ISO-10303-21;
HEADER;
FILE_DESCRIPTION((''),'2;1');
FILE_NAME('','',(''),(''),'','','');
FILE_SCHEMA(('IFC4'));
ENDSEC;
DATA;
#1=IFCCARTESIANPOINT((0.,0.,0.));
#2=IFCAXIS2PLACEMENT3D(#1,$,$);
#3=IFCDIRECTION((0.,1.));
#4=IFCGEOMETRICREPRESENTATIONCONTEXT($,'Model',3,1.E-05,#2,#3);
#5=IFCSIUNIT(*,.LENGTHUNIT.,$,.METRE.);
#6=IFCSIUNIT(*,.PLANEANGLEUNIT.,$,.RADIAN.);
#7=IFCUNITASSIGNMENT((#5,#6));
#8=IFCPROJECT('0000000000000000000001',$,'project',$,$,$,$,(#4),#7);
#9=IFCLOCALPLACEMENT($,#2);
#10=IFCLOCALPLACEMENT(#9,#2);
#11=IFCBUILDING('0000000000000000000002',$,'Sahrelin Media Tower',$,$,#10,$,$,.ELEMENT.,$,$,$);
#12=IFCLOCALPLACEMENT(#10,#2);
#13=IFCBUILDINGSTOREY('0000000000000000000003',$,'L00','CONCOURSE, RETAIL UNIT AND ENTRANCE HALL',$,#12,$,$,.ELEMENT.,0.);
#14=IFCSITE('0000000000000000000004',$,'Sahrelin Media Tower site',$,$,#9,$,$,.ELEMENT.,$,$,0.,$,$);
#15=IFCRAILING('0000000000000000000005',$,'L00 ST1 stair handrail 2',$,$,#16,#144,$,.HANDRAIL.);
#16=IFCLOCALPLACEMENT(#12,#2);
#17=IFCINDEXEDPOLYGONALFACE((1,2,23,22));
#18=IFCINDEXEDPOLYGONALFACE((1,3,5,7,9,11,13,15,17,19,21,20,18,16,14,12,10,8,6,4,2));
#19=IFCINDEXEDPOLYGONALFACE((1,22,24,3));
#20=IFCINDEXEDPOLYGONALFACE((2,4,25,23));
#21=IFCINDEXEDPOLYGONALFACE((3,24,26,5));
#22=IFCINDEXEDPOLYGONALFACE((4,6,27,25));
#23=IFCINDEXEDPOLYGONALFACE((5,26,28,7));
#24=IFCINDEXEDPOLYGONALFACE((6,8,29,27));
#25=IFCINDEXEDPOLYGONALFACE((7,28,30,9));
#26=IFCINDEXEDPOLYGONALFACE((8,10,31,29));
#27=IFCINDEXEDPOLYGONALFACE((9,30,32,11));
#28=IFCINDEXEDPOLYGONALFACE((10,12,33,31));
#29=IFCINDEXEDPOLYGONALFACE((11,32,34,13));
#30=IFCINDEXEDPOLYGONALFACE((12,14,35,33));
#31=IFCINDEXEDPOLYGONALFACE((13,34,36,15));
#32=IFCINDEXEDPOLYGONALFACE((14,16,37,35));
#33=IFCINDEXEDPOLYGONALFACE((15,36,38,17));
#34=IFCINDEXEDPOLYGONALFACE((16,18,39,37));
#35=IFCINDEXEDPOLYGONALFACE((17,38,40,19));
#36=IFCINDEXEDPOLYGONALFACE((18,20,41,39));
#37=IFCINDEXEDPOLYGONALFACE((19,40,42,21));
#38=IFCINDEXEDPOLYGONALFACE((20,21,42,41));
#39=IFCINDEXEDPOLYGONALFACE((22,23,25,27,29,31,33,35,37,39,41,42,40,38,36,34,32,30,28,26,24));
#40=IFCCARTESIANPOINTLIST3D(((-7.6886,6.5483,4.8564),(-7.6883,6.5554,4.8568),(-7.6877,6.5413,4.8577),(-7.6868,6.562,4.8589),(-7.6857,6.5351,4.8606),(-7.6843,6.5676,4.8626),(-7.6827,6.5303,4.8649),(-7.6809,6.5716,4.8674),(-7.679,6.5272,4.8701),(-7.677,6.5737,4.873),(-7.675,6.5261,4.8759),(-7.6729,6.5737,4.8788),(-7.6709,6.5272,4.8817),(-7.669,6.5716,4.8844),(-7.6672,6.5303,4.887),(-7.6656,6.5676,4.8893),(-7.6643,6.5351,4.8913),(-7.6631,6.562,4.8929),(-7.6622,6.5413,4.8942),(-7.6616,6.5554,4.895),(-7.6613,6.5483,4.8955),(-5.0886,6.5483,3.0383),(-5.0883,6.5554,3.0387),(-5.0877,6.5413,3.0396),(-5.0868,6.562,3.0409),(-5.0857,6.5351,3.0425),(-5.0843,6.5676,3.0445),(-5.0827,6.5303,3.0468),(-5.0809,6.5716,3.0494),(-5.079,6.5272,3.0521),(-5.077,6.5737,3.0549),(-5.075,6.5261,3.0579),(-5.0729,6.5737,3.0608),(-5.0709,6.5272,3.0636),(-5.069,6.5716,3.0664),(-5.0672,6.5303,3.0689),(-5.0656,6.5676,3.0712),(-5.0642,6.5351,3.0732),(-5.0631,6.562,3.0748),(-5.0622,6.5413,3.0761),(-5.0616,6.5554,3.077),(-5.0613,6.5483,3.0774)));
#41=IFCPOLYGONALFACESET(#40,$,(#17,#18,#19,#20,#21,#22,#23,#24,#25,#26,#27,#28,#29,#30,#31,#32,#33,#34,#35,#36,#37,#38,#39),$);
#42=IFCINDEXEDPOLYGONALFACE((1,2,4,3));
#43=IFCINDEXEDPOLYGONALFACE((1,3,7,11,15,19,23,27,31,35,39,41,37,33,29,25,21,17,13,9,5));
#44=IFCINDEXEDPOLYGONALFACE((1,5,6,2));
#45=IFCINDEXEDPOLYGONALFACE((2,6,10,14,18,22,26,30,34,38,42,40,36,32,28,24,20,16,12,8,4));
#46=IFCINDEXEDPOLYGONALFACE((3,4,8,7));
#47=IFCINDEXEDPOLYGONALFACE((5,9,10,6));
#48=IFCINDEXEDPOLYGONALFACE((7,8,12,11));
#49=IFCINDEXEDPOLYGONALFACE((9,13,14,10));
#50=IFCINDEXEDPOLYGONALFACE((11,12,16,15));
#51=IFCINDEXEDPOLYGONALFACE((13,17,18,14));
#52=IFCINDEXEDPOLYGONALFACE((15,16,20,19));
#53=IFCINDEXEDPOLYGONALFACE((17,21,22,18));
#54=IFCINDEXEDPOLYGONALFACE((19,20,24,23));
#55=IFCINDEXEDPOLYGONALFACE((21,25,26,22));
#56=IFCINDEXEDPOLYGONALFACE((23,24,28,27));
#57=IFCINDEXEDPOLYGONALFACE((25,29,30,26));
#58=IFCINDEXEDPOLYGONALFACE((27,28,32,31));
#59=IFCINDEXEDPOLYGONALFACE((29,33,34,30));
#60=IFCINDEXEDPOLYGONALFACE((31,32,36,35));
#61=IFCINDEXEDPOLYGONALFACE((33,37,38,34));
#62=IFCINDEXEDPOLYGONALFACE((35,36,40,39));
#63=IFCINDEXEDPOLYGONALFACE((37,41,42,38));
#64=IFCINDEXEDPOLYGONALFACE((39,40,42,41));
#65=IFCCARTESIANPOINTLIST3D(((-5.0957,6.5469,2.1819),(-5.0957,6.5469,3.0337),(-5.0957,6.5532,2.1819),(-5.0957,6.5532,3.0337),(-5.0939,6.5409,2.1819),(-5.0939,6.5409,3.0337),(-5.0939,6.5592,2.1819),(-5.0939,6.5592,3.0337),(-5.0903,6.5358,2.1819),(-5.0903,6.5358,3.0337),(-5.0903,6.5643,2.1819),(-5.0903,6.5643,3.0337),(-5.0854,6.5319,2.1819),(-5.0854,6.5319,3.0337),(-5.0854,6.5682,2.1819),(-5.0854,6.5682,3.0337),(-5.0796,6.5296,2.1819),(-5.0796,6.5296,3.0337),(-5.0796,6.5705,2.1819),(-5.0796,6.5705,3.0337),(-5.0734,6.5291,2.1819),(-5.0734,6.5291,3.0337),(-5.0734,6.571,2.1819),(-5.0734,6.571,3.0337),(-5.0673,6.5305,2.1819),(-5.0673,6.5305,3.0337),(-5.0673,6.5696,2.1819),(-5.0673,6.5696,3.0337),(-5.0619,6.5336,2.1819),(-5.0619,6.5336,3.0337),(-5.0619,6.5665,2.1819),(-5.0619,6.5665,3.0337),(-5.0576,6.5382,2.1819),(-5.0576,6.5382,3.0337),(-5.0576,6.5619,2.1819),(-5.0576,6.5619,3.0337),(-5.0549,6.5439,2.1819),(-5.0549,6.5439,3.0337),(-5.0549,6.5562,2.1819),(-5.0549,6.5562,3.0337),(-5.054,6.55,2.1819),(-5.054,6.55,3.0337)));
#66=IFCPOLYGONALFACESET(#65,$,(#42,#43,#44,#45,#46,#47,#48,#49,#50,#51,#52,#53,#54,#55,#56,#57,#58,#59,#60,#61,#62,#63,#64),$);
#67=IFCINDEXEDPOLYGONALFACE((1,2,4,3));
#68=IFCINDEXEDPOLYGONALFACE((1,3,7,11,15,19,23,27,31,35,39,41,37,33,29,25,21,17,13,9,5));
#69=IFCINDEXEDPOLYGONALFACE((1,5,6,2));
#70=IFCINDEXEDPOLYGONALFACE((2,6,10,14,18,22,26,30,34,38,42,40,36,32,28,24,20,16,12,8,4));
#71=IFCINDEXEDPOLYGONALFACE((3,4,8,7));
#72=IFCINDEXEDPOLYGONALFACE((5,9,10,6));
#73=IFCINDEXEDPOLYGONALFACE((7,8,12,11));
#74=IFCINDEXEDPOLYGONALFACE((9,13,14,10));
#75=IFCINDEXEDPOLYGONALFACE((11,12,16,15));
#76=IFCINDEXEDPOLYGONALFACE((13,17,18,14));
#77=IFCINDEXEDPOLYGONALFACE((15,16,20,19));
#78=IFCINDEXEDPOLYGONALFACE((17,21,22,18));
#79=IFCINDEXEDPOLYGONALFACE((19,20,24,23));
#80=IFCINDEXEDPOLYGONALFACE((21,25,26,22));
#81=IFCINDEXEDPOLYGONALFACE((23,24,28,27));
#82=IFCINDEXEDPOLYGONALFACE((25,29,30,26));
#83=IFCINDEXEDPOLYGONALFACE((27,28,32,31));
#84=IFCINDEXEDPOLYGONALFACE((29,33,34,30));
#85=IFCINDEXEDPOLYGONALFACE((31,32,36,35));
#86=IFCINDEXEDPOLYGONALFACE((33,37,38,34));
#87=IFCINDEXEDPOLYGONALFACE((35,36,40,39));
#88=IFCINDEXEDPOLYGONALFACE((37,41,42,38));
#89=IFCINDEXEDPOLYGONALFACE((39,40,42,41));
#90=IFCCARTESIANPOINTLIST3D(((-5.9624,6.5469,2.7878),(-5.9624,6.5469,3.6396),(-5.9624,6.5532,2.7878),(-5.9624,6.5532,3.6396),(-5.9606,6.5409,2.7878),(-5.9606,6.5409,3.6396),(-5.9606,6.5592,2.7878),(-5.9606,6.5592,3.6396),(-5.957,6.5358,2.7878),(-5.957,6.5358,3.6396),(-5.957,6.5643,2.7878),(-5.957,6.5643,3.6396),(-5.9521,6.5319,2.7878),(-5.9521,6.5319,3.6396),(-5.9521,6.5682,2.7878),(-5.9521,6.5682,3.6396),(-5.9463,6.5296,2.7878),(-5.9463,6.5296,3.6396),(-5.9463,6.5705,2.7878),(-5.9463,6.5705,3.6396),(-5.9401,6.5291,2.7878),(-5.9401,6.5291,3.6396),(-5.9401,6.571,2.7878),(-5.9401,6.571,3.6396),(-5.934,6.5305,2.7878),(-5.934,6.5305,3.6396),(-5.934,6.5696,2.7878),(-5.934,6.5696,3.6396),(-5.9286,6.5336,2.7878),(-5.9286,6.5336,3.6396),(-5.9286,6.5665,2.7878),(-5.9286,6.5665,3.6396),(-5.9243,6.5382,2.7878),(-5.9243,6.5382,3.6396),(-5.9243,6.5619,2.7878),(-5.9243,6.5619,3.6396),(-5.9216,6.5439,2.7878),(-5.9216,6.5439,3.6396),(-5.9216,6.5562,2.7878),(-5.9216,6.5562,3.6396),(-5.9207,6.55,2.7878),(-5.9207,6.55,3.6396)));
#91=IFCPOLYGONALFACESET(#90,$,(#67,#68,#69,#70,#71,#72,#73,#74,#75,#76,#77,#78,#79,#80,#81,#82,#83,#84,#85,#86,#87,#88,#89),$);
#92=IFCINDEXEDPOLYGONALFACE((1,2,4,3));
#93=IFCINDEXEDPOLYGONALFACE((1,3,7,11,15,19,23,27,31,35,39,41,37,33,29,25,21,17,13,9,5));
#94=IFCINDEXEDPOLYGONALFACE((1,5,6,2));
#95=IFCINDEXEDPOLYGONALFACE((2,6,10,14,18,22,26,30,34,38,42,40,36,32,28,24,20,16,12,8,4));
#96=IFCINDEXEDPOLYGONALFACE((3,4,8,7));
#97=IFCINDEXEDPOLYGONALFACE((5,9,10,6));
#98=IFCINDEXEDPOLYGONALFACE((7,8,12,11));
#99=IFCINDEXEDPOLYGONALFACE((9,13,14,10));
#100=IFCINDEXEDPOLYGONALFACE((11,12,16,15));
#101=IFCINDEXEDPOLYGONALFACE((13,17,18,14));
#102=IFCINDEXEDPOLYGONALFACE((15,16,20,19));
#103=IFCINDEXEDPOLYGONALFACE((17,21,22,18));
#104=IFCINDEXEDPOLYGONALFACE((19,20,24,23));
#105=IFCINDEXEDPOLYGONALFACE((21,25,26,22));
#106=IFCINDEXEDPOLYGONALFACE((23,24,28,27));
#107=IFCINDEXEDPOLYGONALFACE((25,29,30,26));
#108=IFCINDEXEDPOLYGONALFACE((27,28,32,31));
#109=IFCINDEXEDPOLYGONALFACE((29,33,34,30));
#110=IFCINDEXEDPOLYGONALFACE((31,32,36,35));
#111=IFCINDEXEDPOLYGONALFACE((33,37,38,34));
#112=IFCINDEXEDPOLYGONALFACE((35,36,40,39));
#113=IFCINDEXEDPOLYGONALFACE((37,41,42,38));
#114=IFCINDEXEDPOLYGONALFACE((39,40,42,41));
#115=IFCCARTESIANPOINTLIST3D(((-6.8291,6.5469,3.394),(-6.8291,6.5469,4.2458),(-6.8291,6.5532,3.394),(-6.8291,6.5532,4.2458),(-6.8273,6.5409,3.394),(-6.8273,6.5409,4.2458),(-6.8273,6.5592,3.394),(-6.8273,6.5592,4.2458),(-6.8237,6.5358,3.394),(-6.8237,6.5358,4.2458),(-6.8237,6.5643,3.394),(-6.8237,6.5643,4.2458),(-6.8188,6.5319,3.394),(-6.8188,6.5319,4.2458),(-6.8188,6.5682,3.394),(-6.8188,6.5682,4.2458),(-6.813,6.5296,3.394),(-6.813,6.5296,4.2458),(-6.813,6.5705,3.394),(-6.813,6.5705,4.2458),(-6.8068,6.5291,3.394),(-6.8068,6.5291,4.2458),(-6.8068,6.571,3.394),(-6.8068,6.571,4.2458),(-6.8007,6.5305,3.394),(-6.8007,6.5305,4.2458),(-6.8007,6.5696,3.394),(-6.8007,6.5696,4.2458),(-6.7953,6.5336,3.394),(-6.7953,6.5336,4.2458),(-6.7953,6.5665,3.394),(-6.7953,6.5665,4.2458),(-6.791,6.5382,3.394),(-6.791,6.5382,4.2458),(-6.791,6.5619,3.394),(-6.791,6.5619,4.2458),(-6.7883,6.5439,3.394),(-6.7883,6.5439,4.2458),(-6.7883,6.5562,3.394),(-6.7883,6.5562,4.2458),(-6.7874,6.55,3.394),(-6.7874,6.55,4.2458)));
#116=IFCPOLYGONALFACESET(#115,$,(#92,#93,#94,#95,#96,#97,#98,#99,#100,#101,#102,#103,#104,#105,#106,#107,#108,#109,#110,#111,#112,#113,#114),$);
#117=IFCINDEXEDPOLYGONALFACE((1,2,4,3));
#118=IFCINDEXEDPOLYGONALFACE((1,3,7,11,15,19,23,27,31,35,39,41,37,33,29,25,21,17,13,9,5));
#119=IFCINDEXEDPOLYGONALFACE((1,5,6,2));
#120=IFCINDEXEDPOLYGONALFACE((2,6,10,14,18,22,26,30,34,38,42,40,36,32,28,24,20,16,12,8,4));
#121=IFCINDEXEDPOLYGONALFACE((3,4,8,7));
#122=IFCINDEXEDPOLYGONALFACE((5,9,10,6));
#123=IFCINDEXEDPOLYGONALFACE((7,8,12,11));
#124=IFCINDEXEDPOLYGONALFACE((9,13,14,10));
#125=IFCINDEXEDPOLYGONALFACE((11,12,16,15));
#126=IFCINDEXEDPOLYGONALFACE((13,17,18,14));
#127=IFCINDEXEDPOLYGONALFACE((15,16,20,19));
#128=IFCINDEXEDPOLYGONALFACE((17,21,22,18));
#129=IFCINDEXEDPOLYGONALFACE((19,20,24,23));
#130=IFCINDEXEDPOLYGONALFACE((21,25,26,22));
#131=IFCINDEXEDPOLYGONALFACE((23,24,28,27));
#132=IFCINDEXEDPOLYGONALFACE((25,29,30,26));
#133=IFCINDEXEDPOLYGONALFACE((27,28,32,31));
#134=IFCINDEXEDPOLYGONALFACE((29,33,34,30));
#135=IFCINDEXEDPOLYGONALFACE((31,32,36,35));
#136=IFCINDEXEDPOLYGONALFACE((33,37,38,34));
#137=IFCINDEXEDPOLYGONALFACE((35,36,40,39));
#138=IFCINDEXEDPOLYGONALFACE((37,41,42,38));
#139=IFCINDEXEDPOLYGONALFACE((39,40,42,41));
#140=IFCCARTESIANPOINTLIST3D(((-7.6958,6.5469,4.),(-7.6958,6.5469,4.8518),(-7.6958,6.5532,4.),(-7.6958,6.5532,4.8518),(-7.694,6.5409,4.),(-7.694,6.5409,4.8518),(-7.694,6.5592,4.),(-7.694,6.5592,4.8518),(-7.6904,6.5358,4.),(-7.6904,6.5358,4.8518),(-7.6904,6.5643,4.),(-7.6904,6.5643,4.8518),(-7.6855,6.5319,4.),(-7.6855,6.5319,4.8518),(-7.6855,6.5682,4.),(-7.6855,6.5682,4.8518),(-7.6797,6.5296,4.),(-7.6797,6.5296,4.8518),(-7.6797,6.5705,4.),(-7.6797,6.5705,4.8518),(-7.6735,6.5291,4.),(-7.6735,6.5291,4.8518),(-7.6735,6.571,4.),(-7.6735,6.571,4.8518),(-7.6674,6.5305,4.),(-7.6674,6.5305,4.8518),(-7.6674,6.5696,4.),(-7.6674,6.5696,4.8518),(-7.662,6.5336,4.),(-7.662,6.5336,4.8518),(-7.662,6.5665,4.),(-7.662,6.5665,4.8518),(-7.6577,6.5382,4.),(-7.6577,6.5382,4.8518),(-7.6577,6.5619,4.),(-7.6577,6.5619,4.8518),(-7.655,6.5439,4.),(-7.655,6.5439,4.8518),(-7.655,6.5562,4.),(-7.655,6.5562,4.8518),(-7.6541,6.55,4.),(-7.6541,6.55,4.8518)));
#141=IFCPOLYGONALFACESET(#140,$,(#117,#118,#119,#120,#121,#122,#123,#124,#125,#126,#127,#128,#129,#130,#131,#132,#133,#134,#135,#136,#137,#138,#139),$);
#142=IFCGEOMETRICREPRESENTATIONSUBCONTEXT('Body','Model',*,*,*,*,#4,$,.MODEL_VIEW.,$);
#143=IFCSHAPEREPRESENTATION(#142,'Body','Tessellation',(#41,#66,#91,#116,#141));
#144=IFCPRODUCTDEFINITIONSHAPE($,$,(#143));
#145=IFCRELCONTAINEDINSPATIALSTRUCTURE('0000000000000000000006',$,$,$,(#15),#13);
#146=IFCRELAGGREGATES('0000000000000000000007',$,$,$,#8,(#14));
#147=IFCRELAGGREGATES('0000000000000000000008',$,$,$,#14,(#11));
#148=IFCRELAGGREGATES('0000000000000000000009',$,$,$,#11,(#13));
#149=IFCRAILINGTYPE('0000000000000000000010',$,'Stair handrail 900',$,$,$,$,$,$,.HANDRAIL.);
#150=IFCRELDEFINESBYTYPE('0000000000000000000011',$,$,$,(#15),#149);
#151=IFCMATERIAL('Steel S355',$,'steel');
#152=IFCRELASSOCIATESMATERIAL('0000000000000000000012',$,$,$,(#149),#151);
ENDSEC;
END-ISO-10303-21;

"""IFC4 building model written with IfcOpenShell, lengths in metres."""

from ifc_helpers import new_model, si_unit, direction, frame, origin, origin_2d, place, context, subcontext, project, spatial, circle, extrude, material, type_object, element, save


model = new_model("IFC4")

# Units and contexts
model_context = context("Model", 3, precision=1e-05, world=origin(), true_north=direction((0.0, 1.0)))
body_context = subcontext(model_context, "Body", "Model", "MODEL_VIEW")
ifc_project = project(units=[si_unit("LENGTHUNIT", "METRE"), si_unit("PLANEANGLEUNIT", "RADIAN")], contexts=[model_context])

# Site, building, storey
site_placement = place(None, origin())
site = spatial("IfcSite", under=ifc_project, at=site_placement, Name="Sahrelin Media Tower site", CompositionType="ELEMENT", RefElevation=0.0)
building_placement = place(site_placement, origin())
building = spatial("IfcBuilding", under=site, at=building_placement, Name="Sahrelin Media Tower", CompositionType="ELEMENT")
storey_placement = place(building_placement, origin())
storey = spatial("IfcBuildingStorey", under=building, at=storey_placement, Name="L00", Description="CONCOURSE, RETAIL UNIT AND ENTRANCE HALL", CompositionType="ELEMENT", Elevation=0.0)

# Shared definitions
ifc_material_1 = material(Name="Steel S355", Category="steel")

# Railing
railing_type_1 = type_object("IfcRailingType", Name="Stair handrail 900", PredefinedType="HANDRAIL", material=ifc_material_1)
for number, where, name in (
    (1, (-5.075, 6.55, 2.1819), "L00 ST1 stair handrail 2"),
):
    element("IfcRailing", number, at=place(storey_placement, frame(where)), inside=storey, type_object=railing_type_1, Name=name, PredefinedType="HANDRAIL", context=body_context, shape_type="SweptSolid", body=[
        extrude(circle(Radius=0.0239, at=origin_2d()), frame((0.0, 0.0, 0.876), z_axis=(-0.819521, 0.0, 0.573049), x_axis=(0.0, -1.0, 0.0)), (0.0, 0.0, 1.0), 3.1726),
        extrude(circle(Radius=0.021, at=origin_2d()), origin(), (0.0, 0.0, 1.0), 0.8518),
        extrude(circle(Radius=0.021, at=origin_2d()), frame((-0.8667, 0.0, 0.606)), (0.0, 0.0, 1.0), 0.8518),
        extrude(circle(Radius=0.021, at=origin_2d()), frame((-1.7334, 0.0, 1.2122)), (0.0, 0.0, 1.0), 0.8518),
        extrude(circle(Radius=0.021, at=origin_2d()), frame((-2.6001, 0.0, 1.8181)), (0.0, 0.0, 1.0), 0.8518),
    ])

save(model, "model.ifc")
